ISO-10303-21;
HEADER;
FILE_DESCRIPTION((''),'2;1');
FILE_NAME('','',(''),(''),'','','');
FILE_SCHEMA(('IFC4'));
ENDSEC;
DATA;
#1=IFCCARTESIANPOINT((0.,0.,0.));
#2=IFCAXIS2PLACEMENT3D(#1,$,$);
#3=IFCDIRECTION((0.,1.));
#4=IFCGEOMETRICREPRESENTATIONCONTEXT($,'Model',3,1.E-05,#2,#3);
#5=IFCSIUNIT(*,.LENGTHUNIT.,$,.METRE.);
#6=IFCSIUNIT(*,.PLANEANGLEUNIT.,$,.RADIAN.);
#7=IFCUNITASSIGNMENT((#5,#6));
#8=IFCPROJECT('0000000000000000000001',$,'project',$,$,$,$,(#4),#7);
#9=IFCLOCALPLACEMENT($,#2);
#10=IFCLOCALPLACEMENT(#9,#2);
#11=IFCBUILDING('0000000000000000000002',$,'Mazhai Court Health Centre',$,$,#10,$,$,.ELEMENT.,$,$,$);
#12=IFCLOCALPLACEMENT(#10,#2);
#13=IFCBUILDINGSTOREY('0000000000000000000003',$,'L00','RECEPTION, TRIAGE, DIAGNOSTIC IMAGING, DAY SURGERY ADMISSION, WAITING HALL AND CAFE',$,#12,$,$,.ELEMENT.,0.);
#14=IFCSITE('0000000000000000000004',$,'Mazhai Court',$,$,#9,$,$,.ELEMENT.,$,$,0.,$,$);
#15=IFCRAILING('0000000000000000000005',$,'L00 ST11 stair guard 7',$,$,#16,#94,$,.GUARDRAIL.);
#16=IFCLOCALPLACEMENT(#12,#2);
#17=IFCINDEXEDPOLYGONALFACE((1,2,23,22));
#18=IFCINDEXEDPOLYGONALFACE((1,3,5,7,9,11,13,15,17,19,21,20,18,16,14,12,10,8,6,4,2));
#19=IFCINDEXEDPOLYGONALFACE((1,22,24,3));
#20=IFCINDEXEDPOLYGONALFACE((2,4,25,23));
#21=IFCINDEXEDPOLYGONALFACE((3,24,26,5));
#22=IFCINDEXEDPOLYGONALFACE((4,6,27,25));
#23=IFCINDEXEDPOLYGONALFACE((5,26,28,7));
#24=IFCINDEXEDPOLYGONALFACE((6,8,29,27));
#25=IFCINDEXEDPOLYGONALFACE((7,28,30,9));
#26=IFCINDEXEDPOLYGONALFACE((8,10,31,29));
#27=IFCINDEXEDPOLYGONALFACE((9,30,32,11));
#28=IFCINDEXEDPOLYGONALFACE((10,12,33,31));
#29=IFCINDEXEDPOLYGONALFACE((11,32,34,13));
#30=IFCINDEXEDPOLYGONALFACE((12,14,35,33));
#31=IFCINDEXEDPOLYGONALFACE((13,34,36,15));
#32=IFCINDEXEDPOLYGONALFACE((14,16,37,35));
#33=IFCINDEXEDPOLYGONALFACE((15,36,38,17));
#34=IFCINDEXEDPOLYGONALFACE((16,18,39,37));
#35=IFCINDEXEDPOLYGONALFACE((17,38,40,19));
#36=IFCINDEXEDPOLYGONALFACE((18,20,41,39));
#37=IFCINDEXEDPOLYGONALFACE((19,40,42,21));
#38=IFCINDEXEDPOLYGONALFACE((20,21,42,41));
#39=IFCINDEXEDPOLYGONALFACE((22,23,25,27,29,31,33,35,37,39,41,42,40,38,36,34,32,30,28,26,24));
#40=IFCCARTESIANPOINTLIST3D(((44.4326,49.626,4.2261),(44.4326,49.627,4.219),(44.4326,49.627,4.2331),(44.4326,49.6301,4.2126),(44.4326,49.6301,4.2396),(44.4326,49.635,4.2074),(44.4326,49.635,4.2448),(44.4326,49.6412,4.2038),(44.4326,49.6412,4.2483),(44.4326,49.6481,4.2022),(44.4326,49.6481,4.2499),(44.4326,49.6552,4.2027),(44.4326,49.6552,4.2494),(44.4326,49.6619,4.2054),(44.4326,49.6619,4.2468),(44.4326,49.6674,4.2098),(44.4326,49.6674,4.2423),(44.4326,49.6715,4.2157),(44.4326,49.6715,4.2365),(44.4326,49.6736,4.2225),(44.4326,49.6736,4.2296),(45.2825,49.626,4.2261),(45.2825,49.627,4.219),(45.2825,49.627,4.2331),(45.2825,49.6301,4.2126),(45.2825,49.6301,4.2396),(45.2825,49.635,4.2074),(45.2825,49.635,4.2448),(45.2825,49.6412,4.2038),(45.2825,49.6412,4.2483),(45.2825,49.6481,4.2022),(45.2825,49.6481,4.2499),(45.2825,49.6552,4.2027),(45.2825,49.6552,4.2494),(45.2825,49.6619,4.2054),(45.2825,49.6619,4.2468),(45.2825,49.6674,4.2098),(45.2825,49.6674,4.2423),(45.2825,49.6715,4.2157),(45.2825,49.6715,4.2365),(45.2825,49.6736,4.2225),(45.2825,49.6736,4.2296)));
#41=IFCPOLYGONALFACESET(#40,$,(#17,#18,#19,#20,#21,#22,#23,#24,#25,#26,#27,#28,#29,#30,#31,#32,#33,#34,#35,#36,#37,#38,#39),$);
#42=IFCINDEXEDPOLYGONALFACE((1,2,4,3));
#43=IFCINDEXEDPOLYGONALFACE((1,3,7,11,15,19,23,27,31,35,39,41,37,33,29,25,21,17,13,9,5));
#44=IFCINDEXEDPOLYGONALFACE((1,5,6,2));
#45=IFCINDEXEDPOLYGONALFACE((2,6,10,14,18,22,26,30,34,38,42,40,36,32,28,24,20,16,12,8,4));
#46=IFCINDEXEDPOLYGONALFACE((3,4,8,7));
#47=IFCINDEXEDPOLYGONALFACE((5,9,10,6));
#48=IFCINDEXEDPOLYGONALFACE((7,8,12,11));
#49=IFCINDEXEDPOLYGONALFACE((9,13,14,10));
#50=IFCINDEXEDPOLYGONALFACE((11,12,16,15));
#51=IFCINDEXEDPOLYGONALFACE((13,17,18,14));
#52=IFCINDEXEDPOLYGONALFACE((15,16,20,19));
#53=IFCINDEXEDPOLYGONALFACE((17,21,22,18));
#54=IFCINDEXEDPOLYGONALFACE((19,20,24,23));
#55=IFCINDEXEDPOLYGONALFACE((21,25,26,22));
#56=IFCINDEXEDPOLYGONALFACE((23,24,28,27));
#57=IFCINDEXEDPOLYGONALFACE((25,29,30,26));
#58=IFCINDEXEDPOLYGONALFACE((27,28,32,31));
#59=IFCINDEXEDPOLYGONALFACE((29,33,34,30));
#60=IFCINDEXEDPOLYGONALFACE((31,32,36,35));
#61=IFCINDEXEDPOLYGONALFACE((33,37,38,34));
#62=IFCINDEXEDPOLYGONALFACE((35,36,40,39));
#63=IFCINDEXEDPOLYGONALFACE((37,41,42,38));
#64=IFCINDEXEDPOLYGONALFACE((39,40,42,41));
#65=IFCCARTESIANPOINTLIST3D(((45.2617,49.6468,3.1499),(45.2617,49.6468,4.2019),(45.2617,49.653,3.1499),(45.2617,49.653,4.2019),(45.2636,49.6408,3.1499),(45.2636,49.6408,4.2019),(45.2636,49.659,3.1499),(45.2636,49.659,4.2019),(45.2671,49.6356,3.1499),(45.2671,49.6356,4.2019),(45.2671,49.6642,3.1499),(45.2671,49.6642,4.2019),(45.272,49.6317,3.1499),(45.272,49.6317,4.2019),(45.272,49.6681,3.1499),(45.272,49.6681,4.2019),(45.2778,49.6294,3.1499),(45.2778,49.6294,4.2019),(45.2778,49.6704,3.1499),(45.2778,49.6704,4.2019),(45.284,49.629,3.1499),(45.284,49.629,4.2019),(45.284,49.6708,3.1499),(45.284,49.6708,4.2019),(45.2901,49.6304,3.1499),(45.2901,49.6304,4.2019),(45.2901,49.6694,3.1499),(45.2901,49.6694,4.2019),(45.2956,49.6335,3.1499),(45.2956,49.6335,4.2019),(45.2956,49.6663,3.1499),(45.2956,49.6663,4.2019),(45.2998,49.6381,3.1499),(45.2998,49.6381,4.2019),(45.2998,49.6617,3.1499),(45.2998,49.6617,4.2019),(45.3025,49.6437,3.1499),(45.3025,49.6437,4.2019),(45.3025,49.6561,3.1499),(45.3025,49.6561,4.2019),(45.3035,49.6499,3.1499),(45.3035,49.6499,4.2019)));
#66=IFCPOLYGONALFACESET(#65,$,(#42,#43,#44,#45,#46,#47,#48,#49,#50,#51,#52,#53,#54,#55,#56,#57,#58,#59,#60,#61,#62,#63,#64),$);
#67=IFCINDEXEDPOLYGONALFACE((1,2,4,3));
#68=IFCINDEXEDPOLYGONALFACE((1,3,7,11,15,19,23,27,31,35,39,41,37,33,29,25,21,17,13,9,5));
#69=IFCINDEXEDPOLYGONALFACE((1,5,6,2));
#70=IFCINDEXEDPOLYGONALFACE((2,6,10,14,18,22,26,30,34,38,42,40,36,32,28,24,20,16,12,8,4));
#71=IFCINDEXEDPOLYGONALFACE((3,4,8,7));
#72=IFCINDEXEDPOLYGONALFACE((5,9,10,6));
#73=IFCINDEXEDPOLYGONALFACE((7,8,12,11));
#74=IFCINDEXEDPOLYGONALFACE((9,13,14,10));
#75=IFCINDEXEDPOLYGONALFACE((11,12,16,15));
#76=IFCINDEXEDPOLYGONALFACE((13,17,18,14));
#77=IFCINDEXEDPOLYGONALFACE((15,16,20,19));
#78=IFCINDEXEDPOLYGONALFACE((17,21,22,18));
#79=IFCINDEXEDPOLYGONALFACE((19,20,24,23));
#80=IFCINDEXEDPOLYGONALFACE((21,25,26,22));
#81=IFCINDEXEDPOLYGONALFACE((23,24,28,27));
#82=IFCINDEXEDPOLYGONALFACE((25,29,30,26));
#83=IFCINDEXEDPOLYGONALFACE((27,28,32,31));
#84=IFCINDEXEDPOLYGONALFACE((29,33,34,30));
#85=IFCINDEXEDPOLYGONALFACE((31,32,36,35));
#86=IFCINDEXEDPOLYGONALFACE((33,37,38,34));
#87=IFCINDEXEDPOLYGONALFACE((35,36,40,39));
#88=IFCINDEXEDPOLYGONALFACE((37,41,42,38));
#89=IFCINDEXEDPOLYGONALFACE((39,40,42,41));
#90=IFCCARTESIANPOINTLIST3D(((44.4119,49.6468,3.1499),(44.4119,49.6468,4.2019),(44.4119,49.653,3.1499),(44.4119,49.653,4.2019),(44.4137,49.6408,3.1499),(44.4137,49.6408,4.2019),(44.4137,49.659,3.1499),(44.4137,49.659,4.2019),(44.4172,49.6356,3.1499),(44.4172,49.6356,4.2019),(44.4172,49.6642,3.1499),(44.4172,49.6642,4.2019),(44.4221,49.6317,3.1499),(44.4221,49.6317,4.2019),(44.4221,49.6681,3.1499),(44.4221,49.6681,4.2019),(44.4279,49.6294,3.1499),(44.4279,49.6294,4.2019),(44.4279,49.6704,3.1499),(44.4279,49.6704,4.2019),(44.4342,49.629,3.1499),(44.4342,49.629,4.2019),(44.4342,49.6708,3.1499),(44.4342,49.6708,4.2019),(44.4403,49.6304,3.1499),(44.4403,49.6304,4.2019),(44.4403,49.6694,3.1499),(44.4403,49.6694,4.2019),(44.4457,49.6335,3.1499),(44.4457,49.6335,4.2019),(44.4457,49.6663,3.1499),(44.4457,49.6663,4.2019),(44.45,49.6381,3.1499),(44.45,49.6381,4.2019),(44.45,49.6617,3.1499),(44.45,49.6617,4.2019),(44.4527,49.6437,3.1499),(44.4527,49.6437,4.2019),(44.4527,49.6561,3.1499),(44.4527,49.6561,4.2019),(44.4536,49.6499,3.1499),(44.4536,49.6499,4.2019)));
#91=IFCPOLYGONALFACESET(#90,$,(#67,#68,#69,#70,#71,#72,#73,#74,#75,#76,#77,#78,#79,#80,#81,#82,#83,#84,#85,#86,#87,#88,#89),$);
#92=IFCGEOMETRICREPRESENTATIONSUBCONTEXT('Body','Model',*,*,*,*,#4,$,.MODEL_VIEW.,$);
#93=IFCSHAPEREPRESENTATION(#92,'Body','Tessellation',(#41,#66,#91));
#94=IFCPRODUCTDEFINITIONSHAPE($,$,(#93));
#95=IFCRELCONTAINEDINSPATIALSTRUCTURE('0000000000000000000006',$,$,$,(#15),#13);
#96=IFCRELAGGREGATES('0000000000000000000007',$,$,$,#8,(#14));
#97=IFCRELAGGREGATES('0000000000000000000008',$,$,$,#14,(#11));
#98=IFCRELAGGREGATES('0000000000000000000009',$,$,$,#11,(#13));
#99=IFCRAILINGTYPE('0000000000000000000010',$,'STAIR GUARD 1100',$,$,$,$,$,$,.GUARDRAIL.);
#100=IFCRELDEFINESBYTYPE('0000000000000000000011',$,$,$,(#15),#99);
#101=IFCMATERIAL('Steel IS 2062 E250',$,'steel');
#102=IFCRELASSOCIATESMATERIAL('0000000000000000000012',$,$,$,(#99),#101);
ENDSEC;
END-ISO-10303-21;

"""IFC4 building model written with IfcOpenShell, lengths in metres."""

from ifc_helpers import new_model, si_unit, direction, frame, origin, origin_2d, place, context, subcontext, project, spatial, circle, extrude, material, type_object, element, save


model = new_model("IFC4")

# Units and contexts
model_context = context("Model", 3, precision=1e-05, world=origin(), true_north=direction((0.0, 1.0)))
body_context = subcontext(model_context, "Body", "Model", "MODEL_VIEW")
ifc_project = project(units=[si_unit("LENGTHUNIT", "METRE"), si_unit("PLANEANGLEUNIT", "RADIAN")], contexts=[model_context])

# Site, building, storey
site_placement = place(None, origin())
site = spatial("IfcSite", under=ifc_project, at=site_placement, Name="Mazhai Court", CompositionType="ELEMENT", RefElevation=0.0)
building_placement = place(site_placement, origin())
building = spatial("IfcBuilding", under=site, at=building_placement, Name="Mazhai Court Health Centre", CompositionType="ELEMENT")
storey_placement = place(building_placement, origin())
storey = spatial("IfcBuildingStorey", under=building, at=storey_placement, Name="L00", Description="RECEPTION, TRIAGE, DIAGNOSTIC IMAGING, DAY SURGERY ADMISSION, WAITING HALL AND CAFE", CompositionType="ELEMENT", Elevation=0.0)

# Railing
ifc_material_1 = material(Name="Steel IS 2062 E250", Category="steel")
railing_type_1 = type_object("IfcRailingType", Name="STAIR GUARD 1100", PredefinedType="GUARDRAIL", material=ifc_material_1)
railing_1_placement = place(storey_placement, frame((45.2825, 49.6499, 3.1499)))
element("IfcRailing", 1, at=railing_1_placement, inside=storey, type_object=railing_type_1, Name="L00 ST11 stair guard 7", PredefinedType="GUARDRAIL", context=body_context, shape_type="SweptSolid", body=[
    extrude(circle(Radius=0.0239, at=origin_2d()), frame((0.0, 0.0, 1.0762), z_axis=(-1.0, 0.0, 0.0), x_axis=(0.0, -1.0, 0.0)), (0.0, 0.0, 1.0), 0.8499),
    extrude(circle(Radius=0.021, at=origin_2d()), origin(), (0.0, 0.0, 1.0), 1.052),
    extrude(circle(Radius=0.021, at=origin_2d()), frame((-0.8499, 0.0, 0.0)), (0.0, 0.0, 1.0), 1.052),
])

save(model, "model.ifc")
